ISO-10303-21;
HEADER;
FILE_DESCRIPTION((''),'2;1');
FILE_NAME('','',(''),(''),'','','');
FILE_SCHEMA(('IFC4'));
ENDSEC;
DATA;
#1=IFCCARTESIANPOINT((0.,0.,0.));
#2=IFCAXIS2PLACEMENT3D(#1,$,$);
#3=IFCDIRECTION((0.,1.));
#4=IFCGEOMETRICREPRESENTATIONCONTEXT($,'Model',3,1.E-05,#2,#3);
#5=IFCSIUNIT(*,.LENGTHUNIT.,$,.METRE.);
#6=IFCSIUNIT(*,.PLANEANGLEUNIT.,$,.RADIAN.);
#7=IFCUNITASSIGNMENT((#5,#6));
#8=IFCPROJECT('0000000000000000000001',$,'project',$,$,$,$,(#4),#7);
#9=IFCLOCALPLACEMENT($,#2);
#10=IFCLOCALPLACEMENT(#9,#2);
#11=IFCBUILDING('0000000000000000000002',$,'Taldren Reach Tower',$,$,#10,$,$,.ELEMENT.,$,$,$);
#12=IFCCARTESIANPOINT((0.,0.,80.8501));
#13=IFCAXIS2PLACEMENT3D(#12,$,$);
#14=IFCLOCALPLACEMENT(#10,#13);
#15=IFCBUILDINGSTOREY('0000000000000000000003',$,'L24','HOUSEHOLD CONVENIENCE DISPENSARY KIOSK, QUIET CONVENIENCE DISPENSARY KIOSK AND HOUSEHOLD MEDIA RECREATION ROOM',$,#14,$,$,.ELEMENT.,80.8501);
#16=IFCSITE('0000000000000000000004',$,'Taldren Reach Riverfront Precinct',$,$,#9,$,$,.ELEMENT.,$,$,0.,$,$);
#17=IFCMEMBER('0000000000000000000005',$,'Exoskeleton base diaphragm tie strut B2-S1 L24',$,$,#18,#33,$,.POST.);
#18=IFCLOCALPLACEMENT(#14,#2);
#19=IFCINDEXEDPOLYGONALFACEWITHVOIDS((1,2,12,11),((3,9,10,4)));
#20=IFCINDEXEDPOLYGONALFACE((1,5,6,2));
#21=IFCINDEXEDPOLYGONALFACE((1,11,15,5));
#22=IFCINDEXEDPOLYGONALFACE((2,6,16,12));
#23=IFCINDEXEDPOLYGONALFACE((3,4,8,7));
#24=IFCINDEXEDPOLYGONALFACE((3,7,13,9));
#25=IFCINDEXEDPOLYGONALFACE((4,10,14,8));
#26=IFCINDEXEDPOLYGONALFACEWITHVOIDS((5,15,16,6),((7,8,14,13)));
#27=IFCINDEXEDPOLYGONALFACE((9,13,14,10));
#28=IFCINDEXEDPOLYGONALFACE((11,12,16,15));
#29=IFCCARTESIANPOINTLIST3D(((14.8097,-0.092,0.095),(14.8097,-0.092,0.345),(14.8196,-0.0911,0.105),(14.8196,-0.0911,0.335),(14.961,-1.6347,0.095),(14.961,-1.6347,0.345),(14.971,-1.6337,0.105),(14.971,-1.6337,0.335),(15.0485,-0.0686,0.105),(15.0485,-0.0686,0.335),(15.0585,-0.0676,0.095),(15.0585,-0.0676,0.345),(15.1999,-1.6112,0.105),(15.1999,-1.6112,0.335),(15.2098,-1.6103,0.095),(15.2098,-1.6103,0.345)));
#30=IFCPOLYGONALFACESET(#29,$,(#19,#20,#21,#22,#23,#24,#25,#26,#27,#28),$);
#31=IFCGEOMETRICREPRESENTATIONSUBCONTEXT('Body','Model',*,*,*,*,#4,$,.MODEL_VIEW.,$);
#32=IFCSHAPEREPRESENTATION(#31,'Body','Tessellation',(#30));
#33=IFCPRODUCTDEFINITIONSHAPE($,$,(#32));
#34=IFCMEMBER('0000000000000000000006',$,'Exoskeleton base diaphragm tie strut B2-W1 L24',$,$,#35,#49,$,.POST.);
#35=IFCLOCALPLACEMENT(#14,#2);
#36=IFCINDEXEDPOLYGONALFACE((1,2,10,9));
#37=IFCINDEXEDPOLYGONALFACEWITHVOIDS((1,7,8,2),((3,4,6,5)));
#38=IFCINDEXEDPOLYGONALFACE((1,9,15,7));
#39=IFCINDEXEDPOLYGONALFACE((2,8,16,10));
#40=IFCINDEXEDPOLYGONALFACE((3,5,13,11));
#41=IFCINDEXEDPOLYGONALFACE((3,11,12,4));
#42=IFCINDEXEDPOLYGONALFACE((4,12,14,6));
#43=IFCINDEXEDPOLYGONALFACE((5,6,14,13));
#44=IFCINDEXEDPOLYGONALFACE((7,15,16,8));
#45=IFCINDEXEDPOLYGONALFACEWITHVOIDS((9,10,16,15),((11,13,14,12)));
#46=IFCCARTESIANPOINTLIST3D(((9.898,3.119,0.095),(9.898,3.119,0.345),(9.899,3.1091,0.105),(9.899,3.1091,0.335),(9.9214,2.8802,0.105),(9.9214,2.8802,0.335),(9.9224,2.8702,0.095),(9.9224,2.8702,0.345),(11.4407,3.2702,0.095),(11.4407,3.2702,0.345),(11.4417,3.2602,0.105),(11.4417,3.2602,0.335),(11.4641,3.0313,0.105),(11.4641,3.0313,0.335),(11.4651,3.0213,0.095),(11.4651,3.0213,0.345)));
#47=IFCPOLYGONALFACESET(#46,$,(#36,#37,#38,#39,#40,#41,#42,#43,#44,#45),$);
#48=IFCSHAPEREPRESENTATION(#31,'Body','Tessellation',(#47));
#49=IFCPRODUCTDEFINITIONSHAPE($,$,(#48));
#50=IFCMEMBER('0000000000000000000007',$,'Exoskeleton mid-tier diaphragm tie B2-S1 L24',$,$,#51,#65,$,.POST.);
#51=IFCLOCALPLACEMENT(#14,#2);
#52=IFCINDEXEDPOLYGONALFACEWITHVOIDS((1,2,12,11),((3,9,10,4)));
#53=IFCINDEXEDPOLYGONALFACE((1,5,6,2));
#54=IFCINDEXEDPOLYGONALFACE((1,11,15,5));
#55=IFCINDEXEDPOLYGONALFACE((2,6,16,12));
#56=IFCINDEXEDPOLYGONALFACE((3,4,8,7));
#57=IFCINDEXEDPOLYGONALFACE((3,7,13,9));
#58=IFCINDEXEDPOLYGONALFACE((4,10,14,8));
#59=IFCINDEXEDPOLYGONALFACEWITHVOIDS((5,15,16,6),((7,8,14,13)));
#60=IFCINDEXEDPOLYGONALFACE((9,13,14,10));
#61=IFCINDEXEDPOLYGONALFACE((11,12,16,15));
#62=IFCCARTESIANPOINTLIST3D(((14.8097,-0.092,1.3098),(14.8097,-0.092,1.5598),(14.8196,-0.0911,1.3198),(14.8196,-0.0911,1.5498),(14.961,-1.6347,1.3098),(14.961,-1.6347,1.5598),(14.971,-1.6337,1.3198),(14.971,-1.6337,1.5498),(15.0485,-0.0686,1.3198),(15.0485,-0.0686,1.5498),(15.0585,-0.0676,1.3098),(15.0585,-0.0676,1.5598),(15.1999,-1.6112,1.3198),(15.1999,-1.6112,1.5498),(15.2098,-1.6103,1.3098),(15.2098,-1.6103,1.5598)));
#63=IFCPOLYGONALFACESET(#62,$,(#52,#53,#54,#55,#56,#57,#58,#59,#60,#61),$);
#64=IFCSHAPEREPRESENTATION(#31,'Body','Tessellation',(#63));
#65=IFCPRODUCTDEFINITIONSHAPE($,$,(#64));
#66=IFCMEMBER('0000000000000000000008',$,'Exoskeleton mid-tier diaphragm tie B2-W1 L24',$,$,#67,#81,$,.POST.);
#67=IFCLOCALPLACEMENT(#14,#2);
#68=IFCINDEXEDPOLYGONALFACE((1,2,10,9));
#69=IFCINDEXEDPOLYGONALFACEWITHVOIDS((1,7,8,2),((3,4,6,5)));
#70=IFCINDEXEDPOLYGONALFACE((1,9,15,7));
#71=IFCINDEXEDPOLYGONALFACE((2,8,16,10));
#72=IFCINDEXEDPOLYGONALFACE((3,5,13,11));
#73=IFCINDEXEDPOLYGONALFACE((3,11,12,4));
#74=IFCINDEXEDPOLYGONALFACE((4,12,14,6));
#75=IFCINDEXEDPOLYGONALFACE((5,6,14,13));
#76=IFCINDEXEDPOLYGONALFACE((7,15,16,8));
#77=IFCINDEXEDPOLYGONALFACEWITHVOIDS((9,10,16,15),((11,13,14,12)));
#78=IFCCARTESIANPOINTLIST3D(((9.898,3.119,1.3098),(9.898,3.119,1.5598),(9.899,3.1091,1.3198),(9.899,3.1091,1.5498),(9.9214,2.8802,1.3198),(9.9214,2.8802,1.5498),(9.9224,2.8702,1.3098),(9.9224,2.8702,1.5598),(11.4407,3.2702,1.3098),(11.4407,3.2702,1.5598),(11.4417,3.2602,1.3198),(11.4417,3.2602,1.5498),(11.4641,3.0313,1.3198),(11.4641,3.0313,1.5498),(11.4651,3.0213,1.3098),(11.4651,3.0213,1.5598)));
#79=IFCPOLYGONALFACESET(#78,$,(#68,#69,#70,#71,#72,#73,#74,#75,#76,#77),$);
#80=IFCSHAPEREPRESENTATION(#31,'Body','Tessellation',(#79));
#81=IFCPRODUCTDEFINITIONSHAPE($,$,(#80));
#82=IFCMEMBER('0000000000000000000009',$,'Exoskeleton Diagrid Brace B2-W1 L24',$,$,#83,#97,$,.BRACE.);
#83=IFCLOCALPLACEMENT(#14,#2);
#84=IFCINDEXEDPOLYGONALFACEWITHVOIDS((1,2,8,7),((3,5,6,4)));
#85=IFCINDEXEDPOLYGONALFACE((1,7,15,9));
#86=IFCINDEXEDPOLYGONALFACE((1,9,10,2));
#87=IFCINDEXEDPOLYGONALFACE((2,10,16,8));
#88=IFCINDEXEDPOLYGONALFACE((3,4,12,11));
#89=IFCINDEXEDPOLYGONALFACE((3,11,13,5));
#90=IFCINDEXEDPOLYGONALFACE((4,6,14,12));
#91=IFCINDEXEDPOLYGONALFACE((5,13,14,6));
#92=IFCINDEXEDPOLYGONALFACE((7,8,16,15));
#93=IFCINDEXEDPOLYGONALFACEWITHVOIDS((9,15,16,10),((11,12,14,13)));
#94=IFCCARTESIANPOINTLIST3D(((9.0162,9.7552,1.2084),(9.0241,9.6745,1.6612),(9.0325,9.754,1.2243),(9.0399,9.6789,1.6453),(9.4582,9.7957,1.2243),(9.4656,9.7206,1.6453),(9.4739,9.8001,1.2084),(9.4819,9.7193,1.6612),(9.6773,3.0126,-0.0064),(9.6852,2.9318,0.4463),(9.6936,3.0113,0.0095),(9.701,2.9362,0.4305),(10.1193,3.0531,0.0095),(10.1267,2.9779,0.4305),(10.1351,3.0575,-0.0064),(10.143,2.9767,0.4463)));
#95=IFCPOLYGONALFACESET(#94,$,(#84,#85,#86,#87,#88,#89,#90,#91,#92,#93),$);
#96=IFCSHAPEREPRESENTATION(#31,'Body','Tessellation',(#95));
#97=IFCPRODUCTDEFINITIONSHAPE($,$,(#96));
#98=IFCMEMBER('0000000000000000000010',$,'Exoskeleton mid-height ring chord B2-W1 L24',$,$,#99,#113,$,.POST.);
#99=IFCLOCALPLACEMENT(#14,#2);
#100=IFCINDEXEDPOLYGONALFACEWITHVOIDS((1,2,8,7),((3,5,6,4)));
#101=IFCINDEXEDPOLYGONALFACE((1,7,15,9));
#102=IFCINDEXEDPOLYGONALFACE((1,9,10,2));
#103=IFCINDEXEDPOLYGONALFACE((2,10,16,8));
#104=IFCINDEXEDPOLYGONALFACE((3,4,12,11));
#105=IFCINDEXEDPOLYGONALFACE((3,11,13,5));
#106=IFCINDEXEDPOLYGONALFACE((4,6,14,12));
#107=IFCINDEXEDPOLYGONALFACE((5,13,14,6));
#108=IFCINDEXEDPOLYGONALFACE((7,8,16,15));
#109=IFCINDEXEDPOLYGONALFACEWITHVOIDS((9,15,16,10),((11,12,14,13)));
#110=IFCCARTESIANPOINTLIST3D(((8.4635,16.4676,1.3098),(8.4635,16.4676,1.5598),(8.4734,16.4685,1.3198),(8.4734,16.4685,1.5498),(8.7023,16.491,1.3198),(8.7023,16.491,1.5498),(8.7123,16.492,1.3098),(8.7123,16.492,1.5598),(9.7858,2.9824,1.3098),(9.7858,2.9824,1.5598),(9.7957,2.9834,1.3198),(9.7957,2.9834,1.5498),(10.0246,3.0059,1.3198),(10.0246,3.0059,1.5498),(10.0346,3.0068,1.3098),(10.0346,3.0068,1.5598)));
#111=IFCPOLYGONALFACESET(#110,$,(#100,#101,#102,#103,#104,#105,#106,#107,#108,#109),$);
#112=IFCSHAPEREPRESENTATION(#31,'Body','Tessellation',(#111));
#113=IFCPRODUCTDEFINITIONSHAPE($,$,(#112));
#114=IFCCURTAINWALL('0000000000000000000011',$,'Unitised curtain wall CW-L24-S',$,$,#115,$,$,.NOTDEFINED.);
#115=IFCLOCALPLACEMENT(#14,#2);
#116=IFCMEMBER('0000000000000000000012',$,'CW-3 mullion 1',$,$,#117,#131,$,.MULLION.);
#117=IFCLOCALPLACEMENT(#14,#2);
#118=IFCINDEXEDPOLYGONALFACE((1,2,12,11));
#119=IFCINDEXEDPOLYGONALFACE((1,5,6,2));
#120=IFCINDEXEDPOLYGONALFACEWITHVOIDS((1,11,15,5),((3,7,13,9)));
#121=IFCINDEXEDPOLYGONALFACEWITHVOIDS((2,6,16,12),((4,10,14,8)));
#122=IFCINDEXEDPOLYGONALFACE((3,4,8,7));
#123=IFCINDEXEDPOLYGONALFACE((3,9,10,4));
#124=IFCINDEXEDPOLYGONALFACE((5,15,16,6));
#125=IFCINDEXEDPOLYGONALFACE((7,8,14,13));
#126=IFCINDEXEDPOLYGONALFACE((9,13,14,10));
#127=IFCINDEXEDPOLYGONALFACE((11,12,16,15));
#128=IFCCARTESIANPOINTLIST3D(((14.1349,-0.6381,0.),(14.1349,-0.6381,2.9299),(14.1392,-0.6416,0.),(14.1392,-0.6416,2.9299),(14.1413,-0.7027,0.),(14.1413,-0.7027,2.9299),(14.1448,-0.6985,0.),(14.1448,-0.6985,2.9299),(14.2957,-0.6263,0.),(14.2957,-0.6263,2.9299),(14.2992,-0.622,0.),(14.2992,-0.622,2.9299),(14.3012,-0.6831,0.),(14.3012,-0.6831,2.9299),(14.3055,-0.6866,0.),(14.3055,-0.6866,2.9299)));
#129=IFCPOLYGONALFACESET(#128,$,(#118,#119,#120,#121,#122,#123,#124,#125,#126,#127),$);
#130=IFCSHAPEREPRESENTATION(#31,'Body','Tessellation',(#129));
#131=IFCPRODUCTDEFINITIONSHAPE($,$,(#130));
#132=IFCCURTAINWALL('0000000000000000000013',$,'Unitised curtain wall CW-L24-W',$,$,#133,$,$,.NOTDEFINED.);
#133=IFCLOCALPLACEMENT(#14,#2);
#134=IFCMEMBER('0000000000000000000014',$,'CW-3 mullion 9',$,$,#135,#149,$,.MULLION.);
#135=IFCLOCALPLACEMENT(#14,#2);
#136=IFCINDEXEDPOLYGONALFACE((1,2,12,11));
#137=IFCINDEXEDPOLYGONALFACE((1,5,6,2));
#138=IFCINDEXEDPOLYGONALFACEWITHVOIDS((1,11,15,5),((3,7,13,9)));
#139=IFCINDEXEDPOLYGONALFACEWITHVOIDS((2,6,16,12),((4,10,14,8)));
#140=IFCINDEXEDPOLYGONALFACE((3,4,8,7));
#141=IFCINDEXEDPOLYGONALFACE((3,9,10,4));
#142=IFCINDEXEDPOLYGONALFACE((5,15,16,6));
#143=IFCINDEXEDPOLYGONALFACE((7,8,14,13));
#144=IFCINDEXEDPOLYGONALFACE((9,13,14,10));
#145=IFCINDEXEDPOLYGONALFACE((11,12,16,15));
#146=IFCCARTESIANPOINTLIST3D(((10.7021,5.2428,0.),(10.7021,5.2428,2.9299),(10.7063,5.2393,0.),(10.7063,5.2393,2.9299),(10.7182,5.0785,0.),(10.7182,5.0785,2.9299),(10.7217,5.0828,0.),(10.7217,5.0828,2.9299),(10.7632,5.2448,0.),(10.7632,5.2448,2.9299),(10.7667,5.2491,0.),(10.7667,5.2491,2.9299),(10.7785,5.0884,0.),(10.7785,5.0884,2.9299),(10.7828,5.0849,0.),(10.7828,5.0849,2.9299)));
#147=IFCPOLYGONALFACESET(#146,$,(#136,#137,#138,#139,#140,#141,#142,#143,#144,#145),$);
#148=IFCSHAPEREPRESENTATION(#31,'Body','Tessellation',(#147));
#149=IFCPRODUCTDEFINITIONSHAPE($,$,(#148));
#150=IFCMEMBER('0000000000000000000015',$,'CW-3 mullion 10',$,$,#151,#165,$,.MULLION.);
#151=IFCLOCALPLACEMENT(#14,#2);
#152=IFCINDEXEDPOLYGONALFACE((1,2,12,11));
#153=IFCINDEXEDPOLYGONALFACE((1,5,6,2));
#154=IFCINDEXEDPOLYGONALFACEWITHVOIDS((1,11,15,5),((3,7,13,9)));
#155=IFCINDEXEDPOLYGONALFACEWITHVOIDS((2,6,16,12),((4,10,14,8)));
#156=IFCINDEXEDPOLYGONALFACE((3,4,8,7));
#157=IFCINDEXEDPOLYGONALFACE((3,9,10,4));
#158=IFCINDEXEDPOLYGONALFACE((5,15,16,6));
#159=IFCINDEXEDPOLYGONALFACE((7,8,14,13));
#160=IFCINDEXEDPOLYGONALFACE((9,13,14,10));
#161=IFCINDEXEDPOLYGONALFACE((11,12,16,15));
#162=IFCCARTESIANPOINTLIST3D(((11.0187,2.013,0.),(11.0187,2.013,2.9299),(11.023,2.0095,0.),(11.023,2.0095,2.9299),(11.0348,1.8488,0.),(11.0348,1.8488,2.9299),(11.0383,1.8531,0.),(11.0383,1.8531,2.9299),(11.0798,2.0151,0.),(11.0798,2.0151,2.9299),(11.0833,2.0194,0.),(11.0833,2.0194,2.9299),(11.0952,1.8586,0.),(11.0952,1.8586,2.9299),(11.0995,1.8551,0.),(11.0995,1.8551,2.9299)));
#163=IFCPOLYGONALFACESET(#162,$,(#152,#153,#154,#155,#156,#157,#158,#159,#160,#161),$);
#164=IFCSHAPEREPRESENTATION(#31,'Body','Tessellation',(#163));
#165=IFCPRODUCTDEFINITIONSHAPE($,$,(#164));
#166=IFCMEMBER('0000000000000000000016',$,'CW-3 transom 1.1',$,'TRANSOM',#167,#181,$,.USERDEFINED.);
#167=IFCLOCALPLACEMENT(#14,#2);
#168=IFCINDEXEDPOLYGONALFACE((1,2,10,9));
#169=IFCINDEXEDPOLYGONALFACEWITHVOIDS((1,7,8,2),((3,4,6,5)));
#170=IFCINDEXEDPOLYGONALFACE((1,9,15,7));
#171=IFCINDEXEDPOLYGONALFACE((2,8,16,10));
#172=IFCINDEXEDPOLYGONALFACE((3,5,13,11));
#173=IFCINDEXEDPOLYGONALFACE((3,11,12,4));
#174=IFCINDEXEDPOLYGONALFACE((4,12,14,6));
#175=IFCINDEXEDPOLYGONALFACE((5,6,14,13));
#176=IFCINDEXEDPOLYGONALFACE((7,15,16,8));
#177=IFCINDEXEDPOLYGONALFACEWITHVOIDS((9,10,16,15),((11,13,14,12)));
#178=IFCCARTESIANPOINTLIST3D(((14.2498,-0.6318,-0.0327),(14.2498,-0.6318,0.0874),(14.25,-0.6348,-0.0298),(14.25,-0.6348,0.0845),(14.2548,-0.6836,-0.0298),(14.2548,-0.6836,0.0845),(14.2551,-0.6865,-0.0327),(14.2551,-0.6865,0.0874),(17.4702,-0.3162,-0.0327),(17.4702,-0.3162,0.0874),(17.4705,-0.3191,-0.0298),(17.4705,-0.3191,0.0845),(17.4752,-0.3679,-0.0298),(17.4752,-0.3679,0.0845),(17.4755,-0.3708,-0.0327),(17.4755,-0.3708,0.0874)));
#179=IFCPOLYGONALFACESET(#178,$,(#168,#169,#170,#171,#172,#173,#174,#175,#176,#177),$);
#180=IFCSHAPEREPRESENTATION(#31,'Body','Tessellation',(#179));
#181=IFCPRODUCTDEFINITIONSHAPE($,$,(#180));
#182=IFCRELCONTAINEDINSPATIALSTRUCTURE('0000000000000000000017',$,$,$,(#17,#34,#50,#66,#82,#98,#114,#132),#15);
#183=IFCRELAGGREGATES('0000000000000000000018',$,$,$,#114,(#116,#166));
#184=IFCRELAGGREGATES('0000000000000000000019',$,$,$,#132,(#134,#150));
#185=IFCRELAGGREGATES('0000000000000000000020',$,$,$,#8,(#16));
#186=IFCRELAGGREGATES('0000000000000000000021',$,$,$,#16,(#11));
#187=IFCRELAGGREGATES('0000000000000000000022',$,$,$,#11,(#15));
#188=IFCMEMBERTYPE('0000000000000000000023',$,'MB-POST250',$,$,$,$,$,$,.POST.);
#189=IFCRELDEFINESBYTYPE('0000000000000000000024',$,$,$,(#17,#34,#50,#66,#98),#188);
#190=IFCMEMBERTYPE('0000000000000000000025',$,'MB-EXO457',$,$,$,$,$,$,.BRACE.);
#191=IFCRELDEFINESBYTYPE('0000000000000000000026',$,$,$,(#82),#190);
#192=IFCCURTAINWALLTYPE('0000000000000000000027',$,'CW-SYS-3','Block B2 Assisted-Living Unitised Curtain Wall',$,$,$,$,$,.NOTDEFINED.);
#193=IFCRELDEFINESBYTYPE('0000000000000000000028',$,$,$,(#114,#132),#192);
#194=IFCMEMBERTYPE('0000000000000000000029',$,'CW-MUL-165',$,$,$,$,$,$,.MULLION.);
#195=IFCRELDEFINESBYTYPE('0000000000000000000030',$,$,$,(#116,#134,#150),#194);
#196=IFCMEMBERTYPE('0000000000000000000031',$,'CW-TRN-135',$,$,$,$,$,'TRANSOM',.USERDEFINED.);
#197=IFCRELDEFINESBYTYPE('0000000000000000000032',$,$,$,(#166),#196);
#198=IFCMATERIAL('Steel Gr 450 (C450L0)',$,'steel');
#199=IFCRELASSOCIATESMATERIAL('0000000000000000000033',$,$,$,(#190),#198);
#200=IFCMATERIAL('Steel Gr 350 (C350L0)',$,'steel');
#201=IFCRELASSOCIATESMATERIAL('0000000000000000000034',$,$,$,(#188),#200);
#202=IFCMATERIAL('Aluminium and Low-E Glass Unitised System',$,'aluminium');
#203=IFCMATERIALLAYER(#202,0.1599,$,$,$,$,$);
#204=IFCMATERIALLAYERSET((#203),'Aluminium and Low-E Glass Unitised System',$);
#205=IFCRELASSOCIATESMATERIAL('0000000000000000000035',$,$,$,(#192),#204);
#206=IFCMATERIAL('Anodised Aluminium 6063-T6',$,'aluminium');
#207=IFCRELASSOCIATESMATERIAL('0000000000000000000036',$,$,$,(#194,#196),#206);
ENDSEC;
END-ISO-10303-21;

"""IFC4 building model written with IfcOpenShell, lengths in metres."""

from ifc_helpers import new_model, si_unit, direction, frame, origin, origin_2d, place, context, subcontext, project, spatial, hollow_rectangle, extrude, source, transform, mapped, material, layer, layer_set, material_profile, profile_set, type_object, element, aggregate, save


model = new_model("IFC4")

# Units and contexts
model_context = context("Model", 3, precision=1e-05, world=origin(), true_north=direction((0.0, 1.0)))
body_context = subcontext(model_context, "Body", "Model", "MODEL_VIEW")
ifc_project = project(units=[si_unit("LENGTHUNIT", "METRE"), si_unit("PLANEANGLEUNIT", "RADIAN")], contexts=[model_context])

# Site, building, storey
site_placement = place(None, origin())
site = spatial("IfcSite", under=ifc_project, at=site_placement, Name="Taldren Reach Riverfront Precinct", CompositionType="ELEMENT", RefElevation=0.0)
building_placement = place(site_placement, origin())
building = spatial("IfcBuilding", under=site, at=building_placement, Name="Taldren Reach Tower", CompositionType="ELEMENT")
storey_placement = place(building_placement, frame((0.0, 0.0, 80.8501)))
storey = spatial("IfcBuildingStorey", under=building, at=storey_placement, Name="L24", Description="HOUSEHOLD CONVENIENCE DISPENSARY KIOSK, QUIET CONVENIENCE DISPENSARY KIOSK AND HOUSEHOLD MEDIA RECREATION ROOM", CompositionType="ELEMENT", Elevation=80.8501)

# Members
ifc_material_1 = material(Name="Steel Gr 450 (C450L0)", Category="steel")
ifc_material_profile_1 = material_profile(ifc_material_1, hollow_rectangle(XDim=0.46, YDim=0.46, WallThickness=0.0161, at=origin_2d()), Name="460x460x16.0SHS")
ifc_profile_set_1 = profile_set([ifc_material_profile_1], Name="Steel Gr 450 (C450L0)")
member_type_1 = type_object("IfcMemberType", Name="MB-EXO457", PredefinedType="BRACE", material=ifc_profile_set_1)
ifc_material_2 = material(Name="Steel Gr 350 (C350L0)", Category="steel")
ifc_material_profile_2 = material_profile(ifc_material_2, hollow_rectangle(XDim=0.25, YDim=0.25, WallThickness=0.01, at=origin_2d()), Name="250x250x10.0SHS")
ifc_profile_set_2 = profile_set([ifc_material_profile_2], Name="Steel Gr 350 (C350L0)")
member_type_2 = type_object("IfcMemberType", Name="MB-POST250", PredefinedType="POST", material=ifc_profile_set_2)
shared_shape_1 = source(origin(), body_context, "Body", "SweptSolid", [
    extrude(hollow_rectangle(XDim=0.25, YDim=0.25, WallThickness=0.01, at=origin_2d()), origin(), (0.0, 0.0, 1.0), 1.55),
])
for number, where, z_axis, x_axis, name in (
    (1, (14.9341, -0.0798, 0.22), (0.097648, -0.995221, 0.0), (0.995221, 0.097648, 0.0), "Exoskeleton base diaphragm tie strut B2-S1 L24"),
    (2, (11.4529, 3.1458, 0.22), (-0.995236, -0.097492, 0.0), (0.097492, -0.995236, 0.0), "Exoskeleton base diaphragm tie strut B2-W1 L24"),
    (3, (14.9341, -0.0798, 1.4348), (0.097648, -0.995221, 0.0), (0.995221, 0.097648, 0.0), "Exoskeleton mid-tier diaphragm tie B2-S1 L24"),
    (4, (11.4529, 3.1458, 1.4348), (-0.995236, -0.097492, 0.0), (0.097492, -0.995236, 0.0), "Exoskeleton mid-tier diaphragm tie B2-W1 L24"),
):
    element("IfcMember", number, at=place(storey_placement, frame(where, z_axis=z_axis, x_axis=x_axis)), inside=storey, type_object=member_type_2, Name=name, PredefinedType="POST", context=body_context, shape_type="MappedRepresentation", body=[
        mapped(shared_shape_1, transform((0.0, 0.0, 0.0), scale=1.0)),
    ])
shared_shape_2 = source(origin(), body_context, "Body", "SweptSolid", [
    extrude(hollow_rectangle(XDim=0.46, YDim=0.46, WallThickness=0.0161, at=origin_2d()), origin(), (0.0, 0.0, 1.0), 6.8831),
])
member_1_placement = place(storey_placement, frame((9.9102, 2.9946, 0.22), z_axis=(-0.096052, 0.979603, 0.176497), x_axis=(-0.995227, -0.097584, 0.0)))
element("IfcMember", 5, at=member_1_placement, inside=storey, type_object=member_type_1, Name="Exoskeleton Diagrid Brace B2-W1 L24", PredefinedType="BRACE", context=body_context, shape_type="MappedRepresentation", body=[
    mapped(shared_shape_2, transform((0.0, 0.0, 0.0), scale=1.0)),
])
shared_shape_3 = source(origin(), body_context, "Body", "SweptSolid", [
    extrude(hollow_rectangle(XDim=0.25, YDim=0.25, WallThickness=0.01, at=origin_2d()), origin(), (0.0, 0.0, 1.0), 13.5498),
])
member_2_placement = place(storey_placement, frame((9.9102, 2.9946, 1.4348), z_axis=(-0.097586, 0.995227, 0.0), x_axis=(-0.995227, -0.097586, 0.0)))
element("IfcMember", 6, at=member_2_placement, inside=storey, type_object=member_type_2, Name="Exoskeleton mid-height ring chord B2-W1 L24", PredefinedType="POST", context=body_context, shape_type="MappedRepresentation", body=[
    mapped(shared_shape_3, transform((0.0, 0.0, 0.0), scale=1.0)),
])

# Curtain wall, member
ifc_material_3 = material(Name="Aluminium and Low-E Glass Unitised System", Category="aluminium")
ifc_layer_1 = layer(ifc_material_3, 0.1599)
ifc_layer_set_1 = layer_set([ifc_layer_1], Name="Aluminium and Low-E Glass Unitised System")
curtain_wall_type = type_object("IfcCurtainWallType", Name="CW-SYS-3", Description="Block B2 Assisted-Living Unitised Curtain Wall", PredefinedType="NOTDEFINED", material=ifc_layer_set_1)
curtain_wall_1_placement = place(storey_placement, origin())
curtain_wall_1 = element("IfcCurtainWall", 7, at=curtain_wall_1_placement, inside=storey, type_object=curtain_wall_type, Name="Unitised curtain wall CW-L24-S", PredefinedType="NOTDEFINED")
ifc_material_4 = material(Name="Anodised Aluminium 6063-T6", Category="aluminium")
ifc_material_profile_3 = material_profile(ifc_material_4, hollow_rectangle(XDim=0.0649, YDim=0.165, WallThickness=0.0039, at=origin_2d()), Name="ALU-165x65x4RHS")
ifc_profile_set_3 = profile_set([ifc_material_profile_3], Name="Anodised Aluminium 6063-T6")
member_type_3 = type_object("IfcMemberType", Name="CW-MUL-165", PredefinedType="MULLION", material=ifc_profile_set_3)
shared_shape_4 = source(origin(), body_context, "Body", "SweptSolid", [
    extrude(hollow_rectangle(XDim=0.0649, YDim=0.165, WallThickness=0.0039, at=origin_2d()), origin(), (0.0, 0.0, 1.0), 2.9299),
])
member_3_placement = place(storey_placement, frame((14.2202, -0.6624, 0.0), z_axis=(0.0, 0.0, 1.0), x_axis=(-0.097583, 0.995227, 0.0)))
member_3 = element("IfcMember", 8, at=member_3_placement, type_object=member_type_3, Name="CW-3 mullion 1", PredefinedType="MULLION", context=body_context, shape_type="MappedRepresentation", body=[
    mapped(shared_shape_4, transform((0.0, 0.0, 0.0), scale=1.0)),
])

# Curtain wall, members
curtain_wall_2_placement = place(storey_placement, origin())
curtain_wall_2 = element("IfcCurtainWall", 9, at=curtain_wall_2_placement, inside=storey, type_object=curtain_wall_type, Name="Unitised curtain wall CW-L24-W", PredefinedType="NOTDEFINED")
member_4_placement = place(storey_placement, frame((10.7424, 5.1638, 0.0), z_axis=(0.0, 0.0, 1.0), x_axis=(0.995227, 0.097583, 0.0)))
member_4 = element("IfcMember", 10, at=member_4_placement, type_object=member_type_3, Name="CW-3 mullion 9", PredefinedType="MULLION", context=body_context, shape_type="MappedRepresentation", body=[
    mapped(shared_shape_4, transform((0.0, 0.0, 0.0), scale=1.0)),
])
member_5_placement = place(storey_placement, frame((11.0591, 1.9341, 0.0), z_axis=(0.0, 0.0, 1.0), x_axis=(0.995227, 0.097583, 0.0)))
member_5 = element("IfcMember", 11, at=member_5_placement, type_object=member_type_3, Name="CW-3 mullion 10", PredefinedType="MULLION", context=body_context, shape_type="MappedRepresentation", body=[
    mapped(shared_shape_4, transform((0.0, 0.0, 0.0), scale=1.0)),
])

# Member
ifc_material_profile_4 = material_profile(ifc_material_4, hollow_rectangle(XDim=0.0549, YDim=0.1201, WallThickness=0.0029, at=origin_2d()), Name="ALU-120x55x3RHS")
ifc_profile_set_4 = profile_set([ifc_material_profile_4], Name="Anodised Aluminium 6063-T6")
member_type_4 = type_object("IfcMemberType", Name="CW-TRN-135", ElementType="TRANSOM", PredefinedType="USERDEFINED", material=ifc_profile_set_4)
shared_shape_5 = source(origin(), body_context, "Body", "SweptSolid", [
    extrude(hollow_rectangle(XDim=0.0549, YDim=0.1201, WallThickness=0.0029, at=origin_2d()), origin(), (0.0, 0.0, 1.0), 3.2358),
])
member_6_placement = place(storey_placement, frame((14.2524, -0.6592, 0.0273), z_axis=(0.99523, 0.097554, 0.0), x_axis=(-0.097554, 0.99523, 0.0)))
member_6 = element("IfcMember", 12, at=member_6_placement, type_object=member_type_4, Name="CW-3 transom 1.1", ObjectType="TRANSOM", PredefinedType="USERDEFINED", context=body_context, shape_type="MappedRepresentation", body=[
    mapped(shared_shape_5, transform((0.0, 0.0, 0.0), scale=1.0)),
])
aggregate(curtain_wall_1, [member_3, member_6])

aggregate(curtain_wall_2, [member_4, member_5])

save(model, "model.ifc")
